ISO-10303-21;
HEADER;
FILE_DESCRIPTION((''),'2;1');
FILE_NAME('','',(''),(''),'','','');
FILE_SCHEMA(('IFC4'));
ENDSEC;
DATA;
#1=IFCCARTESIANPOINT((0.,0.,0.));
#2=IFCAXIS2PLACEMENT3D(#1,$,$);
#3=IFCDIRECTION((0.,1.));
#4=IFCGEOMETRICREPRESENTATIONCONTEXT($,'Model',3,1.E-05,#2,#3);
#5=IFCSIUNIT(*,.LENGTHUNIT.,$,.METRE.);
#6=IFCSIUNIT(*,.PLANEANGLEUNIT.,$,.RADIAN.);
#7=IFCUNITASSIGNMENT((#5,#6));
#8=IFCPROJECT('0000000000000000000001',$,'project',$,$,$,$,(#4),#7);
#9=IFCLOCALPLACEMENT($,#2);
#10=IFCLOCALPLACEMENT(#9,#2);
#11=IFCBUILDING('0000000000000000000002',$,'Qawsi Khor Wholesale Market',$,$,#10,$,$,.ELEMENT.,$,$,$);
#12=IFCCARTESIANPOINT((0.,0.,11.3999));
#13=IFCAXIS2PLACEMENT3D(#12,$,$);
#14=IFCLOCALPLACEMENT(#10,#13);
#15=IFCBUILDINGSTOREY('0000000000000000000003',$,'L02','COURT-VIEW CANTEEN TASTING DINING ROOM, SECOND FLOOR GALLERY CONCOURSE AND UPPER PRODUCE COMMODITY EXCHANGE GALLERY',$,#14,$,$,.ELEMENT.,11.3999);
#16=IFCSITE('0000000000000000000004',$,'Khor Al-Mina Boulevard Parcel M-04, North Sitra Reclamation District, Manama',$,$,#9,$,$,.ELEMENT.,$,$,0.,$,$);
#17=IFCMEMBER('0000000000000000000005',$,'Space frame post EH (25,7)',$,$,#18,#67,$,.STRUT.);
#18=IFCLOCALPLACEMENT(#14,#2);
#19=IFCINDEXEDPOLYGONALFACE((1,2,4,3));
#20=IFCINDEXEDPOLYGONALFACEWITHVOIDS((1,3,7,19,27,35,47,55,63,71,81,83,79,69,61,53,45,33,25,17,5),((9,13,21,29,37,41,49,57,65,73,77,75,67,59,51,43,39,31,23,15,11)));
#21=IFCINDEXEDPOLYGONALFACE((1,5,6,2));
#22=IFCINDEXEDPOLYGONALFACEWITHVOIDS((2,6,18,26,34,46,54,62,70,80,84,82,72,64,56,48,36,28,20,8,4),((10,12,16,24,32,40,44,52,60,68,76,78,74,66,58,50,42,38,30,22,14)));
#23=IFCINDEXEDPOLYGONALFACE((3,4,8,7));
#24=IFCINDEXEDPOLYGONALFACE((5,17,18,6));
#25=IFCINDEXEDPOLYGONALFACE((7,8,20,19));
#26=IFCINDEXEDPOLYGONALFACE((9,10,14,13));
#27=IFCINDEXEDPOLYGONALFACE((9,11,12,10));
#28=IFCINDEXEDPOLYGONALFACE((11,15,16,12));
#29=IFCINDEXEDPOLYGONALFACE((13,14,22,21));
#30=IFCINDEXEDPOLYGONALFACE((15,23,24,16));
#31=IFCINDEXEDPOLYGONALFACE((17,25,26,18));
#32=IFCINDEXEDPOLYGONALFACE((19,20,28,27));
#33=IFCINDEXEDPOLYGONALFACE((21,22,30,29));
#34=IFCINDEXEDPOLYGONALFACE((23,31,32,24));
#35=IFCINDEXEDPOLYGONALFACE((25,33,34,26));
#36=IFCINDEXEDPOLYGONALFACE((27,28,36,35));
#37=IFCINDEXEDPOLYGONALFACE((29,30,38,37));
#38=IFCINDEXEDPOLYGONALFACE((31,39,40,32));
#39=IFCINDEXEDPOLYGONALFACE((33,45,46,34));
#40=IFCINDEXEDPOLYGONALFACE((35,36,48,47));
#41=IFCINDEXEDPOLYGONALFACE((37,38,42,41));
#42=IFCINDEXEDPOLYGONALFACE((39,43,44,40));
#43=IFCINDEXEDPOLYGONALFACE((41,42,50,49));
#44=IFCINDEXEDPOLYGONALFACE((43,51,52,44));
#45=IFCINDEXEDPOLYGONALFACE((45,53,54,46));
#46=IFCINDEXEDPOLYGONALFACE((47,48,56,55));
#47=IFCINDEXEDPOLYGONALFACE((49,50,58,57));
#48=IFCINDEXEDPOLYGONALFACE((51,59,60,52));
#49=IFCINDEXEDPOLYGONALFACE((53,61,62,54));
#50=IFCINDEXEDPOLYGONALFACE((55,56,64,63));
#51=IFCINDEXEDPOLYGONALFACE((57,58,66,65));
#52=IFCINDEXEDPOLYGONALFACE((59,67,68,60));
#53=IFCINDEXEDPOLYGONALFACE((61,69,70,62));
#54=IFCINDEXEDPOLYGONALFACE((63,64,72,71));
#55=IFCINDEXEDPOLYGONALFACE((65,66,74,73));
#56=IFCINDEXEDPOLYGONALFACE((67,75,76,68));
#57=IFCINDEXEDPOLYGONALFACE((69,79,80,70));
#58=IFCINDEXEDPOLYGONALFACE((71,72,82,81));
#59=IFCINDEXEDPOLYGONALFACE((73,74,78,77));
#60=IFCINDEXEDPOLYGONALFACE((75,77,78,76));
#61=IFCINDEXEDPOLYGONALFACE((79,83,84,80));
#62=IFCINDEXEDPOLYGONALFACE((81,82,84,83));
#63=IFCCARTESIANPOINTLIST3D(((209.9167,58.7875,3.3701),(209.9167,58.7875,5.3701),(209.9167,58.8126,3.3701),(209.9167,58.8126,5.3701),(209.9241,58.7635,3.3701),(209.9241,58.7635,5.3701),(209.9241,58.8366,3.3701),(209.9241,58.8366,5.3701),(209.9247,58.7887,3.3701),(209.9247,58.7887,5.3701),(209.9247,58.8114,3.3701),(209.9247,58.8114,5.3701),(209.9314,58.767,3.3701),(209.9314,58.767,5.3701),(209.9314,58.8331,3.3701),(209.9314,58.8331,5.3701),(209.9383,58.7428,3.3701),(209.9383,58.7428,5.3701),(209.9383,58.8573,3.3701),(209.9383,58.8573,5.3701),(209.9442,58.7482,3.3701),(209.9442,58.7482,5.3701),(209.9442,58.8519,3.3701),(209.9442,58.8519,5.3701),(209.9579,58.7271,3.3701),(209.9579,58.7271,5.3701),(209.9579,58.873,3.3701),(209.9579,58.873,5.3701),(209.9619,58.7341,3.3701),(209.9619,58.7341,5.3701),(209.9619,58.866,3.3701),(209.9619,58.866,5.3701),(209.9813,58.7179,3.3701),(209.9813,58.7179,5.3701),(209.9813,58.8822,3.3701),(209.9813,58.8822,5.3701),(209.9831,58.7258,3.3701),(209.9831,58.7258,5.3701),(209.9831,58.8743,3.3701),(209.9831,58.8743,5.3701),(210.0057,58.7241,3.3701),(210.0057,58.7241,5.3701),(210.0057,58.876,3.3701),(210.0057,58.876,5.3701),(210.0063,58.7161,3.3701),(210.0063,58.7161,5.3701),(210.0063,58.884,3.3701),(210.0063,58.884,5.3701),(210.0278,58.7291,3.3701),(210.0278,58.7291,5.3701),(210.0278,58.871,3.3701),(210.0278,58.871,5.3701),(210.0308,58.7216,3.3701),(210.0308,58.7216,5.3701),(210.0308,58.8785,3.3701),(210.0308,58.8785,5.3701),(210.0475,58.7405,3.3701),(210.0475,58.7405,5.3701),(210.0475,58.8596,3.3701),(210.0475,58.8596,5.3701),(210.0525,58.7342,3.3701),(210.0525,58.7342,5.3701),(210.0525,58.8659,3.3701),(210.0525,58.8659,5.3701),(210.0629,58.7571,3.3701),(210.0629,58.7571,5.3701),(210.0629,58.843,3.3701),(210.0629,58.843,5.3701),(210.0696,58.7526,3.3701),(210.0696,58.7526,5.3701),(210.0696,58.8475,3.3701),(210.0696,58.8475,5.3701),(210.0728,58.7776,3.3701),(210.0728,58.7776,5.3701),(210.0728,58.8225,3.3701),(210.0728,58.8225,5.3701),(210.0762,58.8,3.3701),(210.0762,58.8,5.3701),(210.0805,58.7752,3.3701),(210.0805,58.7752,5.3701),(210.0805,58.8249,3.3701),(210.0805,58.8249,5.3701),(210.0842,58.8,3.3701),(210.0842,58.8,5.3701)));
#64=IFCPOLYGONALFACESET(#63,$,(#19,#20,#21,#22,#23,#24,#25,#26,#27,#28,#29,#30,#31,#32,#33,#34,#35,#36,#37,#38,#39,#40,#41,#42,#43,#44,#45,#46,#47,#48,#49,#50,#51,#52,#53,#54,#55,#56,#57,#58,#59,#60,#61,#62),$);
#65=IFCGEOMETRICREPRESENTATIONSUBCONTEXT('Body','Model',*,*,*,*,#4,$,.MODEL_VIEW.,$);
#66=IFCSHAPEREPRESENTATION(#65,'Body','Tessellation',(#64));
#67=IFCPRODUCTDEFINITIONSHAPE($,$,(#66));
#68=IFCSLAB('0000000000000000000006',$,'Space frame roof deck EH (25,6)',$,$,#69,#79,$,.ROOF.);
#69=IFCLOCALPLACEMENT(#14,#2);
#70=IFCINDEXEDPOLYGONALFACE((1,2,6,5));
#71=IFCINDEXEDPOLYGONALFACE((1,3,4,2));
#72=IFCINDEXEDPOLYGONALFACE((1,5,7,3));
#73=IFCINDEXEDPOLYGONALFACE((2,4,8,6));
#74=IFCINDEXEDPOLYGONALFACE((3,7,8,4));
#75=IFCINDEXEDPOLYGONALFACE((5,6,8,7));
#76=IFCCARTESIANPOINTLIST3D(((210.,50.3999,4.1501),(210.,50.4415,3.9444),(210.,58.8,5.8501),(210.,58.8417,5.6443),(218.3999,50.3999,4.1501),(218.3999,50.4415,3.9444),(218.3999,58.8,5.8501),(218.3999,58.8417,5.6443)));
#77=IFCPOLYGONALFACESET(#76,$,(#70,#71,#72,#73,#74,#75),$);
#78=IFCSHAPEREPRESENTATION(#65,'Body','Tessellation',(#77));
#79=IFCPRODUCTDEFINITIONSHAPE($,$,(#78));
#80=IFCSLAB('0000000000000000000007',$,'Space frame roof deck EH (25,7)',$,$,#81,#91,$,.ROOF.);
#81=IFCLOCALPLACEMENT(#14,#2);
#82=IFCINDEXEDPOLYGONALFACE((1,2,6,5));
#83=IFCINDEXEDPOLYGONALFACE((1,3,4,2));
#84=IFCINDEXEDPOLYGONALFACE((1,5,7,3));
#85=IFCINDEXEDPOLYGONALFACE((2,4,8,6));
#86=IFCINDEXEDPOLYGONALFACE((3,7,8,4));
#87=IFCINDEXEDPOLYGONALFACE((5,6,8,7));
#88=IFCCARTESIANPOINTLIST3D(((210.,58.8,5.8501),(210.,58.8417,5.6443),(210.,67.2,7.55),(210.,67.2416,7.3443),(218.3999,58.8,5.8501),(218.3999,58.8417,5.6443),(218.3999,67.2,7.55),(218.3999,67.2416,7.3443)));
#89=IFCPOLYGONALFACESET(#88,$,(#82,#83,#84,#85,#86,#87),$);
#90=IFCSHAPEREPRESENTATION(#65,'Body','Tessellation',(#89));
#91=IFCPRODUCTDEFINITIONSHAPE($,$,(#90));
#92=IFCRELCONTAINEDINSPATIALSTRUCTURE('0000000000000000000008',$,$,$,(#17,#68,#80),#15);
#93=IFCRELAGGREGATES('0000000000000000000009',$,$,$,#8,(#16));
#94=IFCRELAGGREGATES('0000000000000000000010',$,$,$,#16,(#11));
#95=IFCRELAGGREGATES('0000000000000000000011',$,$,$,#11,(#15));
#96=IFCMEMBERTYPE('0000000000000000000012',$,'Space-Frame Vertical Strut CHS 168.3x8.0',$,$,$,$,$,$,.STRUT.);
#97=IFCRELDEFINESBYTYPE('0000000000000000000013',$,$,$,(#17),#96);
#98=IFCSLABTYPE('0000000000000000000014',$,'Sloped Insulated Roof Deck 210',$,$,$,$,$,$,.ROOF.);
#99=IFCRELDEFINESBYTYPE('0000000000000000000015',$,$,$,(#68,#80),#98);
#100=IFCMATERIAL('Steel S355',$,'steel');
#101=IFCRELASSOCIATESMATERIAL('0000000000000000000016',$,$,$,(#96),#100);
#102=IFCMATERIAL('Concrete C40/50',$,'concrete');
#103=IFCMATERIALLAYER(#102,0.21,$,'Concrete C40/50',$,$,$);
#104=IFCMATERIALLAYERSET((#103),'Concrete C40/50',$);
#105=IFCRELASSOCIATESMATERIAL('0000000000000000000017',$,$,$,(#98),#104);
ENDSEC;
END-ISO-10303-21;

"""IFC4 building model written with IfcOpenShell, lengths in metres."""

from ifc_helpers import new_model, si_unit, direction, frame, origin, origin_2d, place, context, subcontext, project, spatial, polyline, hollow_circle, outline, extrude, material, layer, layer_set, material_profile, profile_set, type_object, element, save


model = new_model("IFC4")

# Units and contexts
model_context = context("Model", 3, precision=1e-05, world=origin(), true_north=direction((0.0, 1.0)))
body_context = subcontext(model_context, "Body", "Model", "MODEL_VIEW")
ifc_project = project(units=[si_unit("LENGTHUNIT", "METRE"), si_unit("PLANEANGLEUNIT", "RADIAN")], contexts=[model_context])

# Site, building, storey
site_placement = place(None, origin())
site = spatial("IfcSite", under=ifc_project, at=site_placement, Name="Khor Al-Mina Boulevard Parcel M-04, North Sitra Reclamation District, Manama", CompositionType="ELEMENT", RefElevation=0.0)
building_placement = place(site_placement, origin())
building = spatial("IfcBuilding", under=site, at=building_placement, Name="Qawsi Khor Wholesale Market", CompositionType="ELEMENT")
storey_placement = place(building_placement, frame((0.0, 0.0, 11.3999)))
storey = spatial("IfcBuildingStorey", under=building, at=storey_placement, Name="L02", Description="COURT-VIEW CANTEEN TASTING DINING ROOM, SECOND FLOOR GALLERY CONCOURSE AND UPPER PRODUCE COMMODITY EXCHANGE GALLERY", CompositionType="ELEMENT", Elevation=11.3999)

# Shared definitions
ifc_material_1 = material(Name="Concrete C40/50", Category="concrete")

# Member
ifc_material_2 = material(Name="Steel S355", Category="steel")
ifc_material_profile_1 = material_profile(ifc_material_2, hollow_circle(Radius=0.0842, WallThickness=0.0081, at=origin_2d()), Name="CHS 168.3x8.0")
ifc_profile_set_1 = profile_set([ifc_material_profile_1], Name="Steel S355")
member_type_1 = type_object("IfcMemberType", Name="Space-Frame Vertical Strut CHS 168.3x8.0", PredefinedType="STRUT", material=ifc_profile_set_1)
member_1_placement = place(storey_placement, frame((210.0, 58.8, 3.3701), z_axis=(0.0, 0.0, 1.0), x_axis=(1.0, 0.0, 0.0)))
element("IfcMember", 1, at=member_1_placement, inside=storey, type_object=member_type_1, Name="Space frame post EH (25,7)", PredefinedType="STRUT", context=body_context, shape_type="SweptSolid", body=[
    extrude(hollow_circle(Radius=0.0842, WallThickness=0.0081, at=origin_2d()), origin(), (0.0, 0.0, 1.0), 2.0),
])

# Slabs
ifc_layer = layer(ifc_material_1, 0.21, Name="Concrete C40/50")
ifc_layer_set = layer_set([ifc_layer], Name="Concrete C40/50")
slab_type = type_object("IfcSlabType", Name="Sloped Insulated Roof Deck 210", PredefinedType="ROOF", material=ifc_layer_set)
slab_1_placement = place(storey_placement, frame((210.0, 50.3999, 4.1501), z_axis=(0.0, -0.198351, 0.980131), x_axis=(1.0, 0.0, 0.0)))
element("IfcSlab", 2, at=slab_1_placement, inside=storey, type_object=slab_type, Name="Space frame roof deck EH (25,6)", PredefinedType="ROOF", context=body_context, shape_type="SweptSolid", body=[
    extrude(outline(polyline([(0.0, 0.0), (8.3999, 0.0), (8.3999, 8.5704), (0.0, 8.5704), (0.0, 0.0)])), origin(), (0.0, 0.0, -1.0), 0.21),
])
slab_2_placement = place(storey_placement, frame((210.0, 58.8, 5.8501), z_axis=(0.0, -0.198356, 0.98013), x_axis=(1.0, 0.0, 0.0)))
element("IfcSlab", 3, at=slab_2_placement, inside=storey, type_object=slab_type, Name="Space frame roof deck EH (25,7)", PredefinedType="ROOF", context=body_context, shape_type="SweptSolid", body=[
    extrude(outline(polyline([(0.0, 0.0), (8.3999, 0.0), (8.3999, 8.5702), (0.0, 8.5702), (0.0, 0.0)])), origin(), (0.0, 0.0, -1.0), 0.21),
])

save(model, "model.ifc")
